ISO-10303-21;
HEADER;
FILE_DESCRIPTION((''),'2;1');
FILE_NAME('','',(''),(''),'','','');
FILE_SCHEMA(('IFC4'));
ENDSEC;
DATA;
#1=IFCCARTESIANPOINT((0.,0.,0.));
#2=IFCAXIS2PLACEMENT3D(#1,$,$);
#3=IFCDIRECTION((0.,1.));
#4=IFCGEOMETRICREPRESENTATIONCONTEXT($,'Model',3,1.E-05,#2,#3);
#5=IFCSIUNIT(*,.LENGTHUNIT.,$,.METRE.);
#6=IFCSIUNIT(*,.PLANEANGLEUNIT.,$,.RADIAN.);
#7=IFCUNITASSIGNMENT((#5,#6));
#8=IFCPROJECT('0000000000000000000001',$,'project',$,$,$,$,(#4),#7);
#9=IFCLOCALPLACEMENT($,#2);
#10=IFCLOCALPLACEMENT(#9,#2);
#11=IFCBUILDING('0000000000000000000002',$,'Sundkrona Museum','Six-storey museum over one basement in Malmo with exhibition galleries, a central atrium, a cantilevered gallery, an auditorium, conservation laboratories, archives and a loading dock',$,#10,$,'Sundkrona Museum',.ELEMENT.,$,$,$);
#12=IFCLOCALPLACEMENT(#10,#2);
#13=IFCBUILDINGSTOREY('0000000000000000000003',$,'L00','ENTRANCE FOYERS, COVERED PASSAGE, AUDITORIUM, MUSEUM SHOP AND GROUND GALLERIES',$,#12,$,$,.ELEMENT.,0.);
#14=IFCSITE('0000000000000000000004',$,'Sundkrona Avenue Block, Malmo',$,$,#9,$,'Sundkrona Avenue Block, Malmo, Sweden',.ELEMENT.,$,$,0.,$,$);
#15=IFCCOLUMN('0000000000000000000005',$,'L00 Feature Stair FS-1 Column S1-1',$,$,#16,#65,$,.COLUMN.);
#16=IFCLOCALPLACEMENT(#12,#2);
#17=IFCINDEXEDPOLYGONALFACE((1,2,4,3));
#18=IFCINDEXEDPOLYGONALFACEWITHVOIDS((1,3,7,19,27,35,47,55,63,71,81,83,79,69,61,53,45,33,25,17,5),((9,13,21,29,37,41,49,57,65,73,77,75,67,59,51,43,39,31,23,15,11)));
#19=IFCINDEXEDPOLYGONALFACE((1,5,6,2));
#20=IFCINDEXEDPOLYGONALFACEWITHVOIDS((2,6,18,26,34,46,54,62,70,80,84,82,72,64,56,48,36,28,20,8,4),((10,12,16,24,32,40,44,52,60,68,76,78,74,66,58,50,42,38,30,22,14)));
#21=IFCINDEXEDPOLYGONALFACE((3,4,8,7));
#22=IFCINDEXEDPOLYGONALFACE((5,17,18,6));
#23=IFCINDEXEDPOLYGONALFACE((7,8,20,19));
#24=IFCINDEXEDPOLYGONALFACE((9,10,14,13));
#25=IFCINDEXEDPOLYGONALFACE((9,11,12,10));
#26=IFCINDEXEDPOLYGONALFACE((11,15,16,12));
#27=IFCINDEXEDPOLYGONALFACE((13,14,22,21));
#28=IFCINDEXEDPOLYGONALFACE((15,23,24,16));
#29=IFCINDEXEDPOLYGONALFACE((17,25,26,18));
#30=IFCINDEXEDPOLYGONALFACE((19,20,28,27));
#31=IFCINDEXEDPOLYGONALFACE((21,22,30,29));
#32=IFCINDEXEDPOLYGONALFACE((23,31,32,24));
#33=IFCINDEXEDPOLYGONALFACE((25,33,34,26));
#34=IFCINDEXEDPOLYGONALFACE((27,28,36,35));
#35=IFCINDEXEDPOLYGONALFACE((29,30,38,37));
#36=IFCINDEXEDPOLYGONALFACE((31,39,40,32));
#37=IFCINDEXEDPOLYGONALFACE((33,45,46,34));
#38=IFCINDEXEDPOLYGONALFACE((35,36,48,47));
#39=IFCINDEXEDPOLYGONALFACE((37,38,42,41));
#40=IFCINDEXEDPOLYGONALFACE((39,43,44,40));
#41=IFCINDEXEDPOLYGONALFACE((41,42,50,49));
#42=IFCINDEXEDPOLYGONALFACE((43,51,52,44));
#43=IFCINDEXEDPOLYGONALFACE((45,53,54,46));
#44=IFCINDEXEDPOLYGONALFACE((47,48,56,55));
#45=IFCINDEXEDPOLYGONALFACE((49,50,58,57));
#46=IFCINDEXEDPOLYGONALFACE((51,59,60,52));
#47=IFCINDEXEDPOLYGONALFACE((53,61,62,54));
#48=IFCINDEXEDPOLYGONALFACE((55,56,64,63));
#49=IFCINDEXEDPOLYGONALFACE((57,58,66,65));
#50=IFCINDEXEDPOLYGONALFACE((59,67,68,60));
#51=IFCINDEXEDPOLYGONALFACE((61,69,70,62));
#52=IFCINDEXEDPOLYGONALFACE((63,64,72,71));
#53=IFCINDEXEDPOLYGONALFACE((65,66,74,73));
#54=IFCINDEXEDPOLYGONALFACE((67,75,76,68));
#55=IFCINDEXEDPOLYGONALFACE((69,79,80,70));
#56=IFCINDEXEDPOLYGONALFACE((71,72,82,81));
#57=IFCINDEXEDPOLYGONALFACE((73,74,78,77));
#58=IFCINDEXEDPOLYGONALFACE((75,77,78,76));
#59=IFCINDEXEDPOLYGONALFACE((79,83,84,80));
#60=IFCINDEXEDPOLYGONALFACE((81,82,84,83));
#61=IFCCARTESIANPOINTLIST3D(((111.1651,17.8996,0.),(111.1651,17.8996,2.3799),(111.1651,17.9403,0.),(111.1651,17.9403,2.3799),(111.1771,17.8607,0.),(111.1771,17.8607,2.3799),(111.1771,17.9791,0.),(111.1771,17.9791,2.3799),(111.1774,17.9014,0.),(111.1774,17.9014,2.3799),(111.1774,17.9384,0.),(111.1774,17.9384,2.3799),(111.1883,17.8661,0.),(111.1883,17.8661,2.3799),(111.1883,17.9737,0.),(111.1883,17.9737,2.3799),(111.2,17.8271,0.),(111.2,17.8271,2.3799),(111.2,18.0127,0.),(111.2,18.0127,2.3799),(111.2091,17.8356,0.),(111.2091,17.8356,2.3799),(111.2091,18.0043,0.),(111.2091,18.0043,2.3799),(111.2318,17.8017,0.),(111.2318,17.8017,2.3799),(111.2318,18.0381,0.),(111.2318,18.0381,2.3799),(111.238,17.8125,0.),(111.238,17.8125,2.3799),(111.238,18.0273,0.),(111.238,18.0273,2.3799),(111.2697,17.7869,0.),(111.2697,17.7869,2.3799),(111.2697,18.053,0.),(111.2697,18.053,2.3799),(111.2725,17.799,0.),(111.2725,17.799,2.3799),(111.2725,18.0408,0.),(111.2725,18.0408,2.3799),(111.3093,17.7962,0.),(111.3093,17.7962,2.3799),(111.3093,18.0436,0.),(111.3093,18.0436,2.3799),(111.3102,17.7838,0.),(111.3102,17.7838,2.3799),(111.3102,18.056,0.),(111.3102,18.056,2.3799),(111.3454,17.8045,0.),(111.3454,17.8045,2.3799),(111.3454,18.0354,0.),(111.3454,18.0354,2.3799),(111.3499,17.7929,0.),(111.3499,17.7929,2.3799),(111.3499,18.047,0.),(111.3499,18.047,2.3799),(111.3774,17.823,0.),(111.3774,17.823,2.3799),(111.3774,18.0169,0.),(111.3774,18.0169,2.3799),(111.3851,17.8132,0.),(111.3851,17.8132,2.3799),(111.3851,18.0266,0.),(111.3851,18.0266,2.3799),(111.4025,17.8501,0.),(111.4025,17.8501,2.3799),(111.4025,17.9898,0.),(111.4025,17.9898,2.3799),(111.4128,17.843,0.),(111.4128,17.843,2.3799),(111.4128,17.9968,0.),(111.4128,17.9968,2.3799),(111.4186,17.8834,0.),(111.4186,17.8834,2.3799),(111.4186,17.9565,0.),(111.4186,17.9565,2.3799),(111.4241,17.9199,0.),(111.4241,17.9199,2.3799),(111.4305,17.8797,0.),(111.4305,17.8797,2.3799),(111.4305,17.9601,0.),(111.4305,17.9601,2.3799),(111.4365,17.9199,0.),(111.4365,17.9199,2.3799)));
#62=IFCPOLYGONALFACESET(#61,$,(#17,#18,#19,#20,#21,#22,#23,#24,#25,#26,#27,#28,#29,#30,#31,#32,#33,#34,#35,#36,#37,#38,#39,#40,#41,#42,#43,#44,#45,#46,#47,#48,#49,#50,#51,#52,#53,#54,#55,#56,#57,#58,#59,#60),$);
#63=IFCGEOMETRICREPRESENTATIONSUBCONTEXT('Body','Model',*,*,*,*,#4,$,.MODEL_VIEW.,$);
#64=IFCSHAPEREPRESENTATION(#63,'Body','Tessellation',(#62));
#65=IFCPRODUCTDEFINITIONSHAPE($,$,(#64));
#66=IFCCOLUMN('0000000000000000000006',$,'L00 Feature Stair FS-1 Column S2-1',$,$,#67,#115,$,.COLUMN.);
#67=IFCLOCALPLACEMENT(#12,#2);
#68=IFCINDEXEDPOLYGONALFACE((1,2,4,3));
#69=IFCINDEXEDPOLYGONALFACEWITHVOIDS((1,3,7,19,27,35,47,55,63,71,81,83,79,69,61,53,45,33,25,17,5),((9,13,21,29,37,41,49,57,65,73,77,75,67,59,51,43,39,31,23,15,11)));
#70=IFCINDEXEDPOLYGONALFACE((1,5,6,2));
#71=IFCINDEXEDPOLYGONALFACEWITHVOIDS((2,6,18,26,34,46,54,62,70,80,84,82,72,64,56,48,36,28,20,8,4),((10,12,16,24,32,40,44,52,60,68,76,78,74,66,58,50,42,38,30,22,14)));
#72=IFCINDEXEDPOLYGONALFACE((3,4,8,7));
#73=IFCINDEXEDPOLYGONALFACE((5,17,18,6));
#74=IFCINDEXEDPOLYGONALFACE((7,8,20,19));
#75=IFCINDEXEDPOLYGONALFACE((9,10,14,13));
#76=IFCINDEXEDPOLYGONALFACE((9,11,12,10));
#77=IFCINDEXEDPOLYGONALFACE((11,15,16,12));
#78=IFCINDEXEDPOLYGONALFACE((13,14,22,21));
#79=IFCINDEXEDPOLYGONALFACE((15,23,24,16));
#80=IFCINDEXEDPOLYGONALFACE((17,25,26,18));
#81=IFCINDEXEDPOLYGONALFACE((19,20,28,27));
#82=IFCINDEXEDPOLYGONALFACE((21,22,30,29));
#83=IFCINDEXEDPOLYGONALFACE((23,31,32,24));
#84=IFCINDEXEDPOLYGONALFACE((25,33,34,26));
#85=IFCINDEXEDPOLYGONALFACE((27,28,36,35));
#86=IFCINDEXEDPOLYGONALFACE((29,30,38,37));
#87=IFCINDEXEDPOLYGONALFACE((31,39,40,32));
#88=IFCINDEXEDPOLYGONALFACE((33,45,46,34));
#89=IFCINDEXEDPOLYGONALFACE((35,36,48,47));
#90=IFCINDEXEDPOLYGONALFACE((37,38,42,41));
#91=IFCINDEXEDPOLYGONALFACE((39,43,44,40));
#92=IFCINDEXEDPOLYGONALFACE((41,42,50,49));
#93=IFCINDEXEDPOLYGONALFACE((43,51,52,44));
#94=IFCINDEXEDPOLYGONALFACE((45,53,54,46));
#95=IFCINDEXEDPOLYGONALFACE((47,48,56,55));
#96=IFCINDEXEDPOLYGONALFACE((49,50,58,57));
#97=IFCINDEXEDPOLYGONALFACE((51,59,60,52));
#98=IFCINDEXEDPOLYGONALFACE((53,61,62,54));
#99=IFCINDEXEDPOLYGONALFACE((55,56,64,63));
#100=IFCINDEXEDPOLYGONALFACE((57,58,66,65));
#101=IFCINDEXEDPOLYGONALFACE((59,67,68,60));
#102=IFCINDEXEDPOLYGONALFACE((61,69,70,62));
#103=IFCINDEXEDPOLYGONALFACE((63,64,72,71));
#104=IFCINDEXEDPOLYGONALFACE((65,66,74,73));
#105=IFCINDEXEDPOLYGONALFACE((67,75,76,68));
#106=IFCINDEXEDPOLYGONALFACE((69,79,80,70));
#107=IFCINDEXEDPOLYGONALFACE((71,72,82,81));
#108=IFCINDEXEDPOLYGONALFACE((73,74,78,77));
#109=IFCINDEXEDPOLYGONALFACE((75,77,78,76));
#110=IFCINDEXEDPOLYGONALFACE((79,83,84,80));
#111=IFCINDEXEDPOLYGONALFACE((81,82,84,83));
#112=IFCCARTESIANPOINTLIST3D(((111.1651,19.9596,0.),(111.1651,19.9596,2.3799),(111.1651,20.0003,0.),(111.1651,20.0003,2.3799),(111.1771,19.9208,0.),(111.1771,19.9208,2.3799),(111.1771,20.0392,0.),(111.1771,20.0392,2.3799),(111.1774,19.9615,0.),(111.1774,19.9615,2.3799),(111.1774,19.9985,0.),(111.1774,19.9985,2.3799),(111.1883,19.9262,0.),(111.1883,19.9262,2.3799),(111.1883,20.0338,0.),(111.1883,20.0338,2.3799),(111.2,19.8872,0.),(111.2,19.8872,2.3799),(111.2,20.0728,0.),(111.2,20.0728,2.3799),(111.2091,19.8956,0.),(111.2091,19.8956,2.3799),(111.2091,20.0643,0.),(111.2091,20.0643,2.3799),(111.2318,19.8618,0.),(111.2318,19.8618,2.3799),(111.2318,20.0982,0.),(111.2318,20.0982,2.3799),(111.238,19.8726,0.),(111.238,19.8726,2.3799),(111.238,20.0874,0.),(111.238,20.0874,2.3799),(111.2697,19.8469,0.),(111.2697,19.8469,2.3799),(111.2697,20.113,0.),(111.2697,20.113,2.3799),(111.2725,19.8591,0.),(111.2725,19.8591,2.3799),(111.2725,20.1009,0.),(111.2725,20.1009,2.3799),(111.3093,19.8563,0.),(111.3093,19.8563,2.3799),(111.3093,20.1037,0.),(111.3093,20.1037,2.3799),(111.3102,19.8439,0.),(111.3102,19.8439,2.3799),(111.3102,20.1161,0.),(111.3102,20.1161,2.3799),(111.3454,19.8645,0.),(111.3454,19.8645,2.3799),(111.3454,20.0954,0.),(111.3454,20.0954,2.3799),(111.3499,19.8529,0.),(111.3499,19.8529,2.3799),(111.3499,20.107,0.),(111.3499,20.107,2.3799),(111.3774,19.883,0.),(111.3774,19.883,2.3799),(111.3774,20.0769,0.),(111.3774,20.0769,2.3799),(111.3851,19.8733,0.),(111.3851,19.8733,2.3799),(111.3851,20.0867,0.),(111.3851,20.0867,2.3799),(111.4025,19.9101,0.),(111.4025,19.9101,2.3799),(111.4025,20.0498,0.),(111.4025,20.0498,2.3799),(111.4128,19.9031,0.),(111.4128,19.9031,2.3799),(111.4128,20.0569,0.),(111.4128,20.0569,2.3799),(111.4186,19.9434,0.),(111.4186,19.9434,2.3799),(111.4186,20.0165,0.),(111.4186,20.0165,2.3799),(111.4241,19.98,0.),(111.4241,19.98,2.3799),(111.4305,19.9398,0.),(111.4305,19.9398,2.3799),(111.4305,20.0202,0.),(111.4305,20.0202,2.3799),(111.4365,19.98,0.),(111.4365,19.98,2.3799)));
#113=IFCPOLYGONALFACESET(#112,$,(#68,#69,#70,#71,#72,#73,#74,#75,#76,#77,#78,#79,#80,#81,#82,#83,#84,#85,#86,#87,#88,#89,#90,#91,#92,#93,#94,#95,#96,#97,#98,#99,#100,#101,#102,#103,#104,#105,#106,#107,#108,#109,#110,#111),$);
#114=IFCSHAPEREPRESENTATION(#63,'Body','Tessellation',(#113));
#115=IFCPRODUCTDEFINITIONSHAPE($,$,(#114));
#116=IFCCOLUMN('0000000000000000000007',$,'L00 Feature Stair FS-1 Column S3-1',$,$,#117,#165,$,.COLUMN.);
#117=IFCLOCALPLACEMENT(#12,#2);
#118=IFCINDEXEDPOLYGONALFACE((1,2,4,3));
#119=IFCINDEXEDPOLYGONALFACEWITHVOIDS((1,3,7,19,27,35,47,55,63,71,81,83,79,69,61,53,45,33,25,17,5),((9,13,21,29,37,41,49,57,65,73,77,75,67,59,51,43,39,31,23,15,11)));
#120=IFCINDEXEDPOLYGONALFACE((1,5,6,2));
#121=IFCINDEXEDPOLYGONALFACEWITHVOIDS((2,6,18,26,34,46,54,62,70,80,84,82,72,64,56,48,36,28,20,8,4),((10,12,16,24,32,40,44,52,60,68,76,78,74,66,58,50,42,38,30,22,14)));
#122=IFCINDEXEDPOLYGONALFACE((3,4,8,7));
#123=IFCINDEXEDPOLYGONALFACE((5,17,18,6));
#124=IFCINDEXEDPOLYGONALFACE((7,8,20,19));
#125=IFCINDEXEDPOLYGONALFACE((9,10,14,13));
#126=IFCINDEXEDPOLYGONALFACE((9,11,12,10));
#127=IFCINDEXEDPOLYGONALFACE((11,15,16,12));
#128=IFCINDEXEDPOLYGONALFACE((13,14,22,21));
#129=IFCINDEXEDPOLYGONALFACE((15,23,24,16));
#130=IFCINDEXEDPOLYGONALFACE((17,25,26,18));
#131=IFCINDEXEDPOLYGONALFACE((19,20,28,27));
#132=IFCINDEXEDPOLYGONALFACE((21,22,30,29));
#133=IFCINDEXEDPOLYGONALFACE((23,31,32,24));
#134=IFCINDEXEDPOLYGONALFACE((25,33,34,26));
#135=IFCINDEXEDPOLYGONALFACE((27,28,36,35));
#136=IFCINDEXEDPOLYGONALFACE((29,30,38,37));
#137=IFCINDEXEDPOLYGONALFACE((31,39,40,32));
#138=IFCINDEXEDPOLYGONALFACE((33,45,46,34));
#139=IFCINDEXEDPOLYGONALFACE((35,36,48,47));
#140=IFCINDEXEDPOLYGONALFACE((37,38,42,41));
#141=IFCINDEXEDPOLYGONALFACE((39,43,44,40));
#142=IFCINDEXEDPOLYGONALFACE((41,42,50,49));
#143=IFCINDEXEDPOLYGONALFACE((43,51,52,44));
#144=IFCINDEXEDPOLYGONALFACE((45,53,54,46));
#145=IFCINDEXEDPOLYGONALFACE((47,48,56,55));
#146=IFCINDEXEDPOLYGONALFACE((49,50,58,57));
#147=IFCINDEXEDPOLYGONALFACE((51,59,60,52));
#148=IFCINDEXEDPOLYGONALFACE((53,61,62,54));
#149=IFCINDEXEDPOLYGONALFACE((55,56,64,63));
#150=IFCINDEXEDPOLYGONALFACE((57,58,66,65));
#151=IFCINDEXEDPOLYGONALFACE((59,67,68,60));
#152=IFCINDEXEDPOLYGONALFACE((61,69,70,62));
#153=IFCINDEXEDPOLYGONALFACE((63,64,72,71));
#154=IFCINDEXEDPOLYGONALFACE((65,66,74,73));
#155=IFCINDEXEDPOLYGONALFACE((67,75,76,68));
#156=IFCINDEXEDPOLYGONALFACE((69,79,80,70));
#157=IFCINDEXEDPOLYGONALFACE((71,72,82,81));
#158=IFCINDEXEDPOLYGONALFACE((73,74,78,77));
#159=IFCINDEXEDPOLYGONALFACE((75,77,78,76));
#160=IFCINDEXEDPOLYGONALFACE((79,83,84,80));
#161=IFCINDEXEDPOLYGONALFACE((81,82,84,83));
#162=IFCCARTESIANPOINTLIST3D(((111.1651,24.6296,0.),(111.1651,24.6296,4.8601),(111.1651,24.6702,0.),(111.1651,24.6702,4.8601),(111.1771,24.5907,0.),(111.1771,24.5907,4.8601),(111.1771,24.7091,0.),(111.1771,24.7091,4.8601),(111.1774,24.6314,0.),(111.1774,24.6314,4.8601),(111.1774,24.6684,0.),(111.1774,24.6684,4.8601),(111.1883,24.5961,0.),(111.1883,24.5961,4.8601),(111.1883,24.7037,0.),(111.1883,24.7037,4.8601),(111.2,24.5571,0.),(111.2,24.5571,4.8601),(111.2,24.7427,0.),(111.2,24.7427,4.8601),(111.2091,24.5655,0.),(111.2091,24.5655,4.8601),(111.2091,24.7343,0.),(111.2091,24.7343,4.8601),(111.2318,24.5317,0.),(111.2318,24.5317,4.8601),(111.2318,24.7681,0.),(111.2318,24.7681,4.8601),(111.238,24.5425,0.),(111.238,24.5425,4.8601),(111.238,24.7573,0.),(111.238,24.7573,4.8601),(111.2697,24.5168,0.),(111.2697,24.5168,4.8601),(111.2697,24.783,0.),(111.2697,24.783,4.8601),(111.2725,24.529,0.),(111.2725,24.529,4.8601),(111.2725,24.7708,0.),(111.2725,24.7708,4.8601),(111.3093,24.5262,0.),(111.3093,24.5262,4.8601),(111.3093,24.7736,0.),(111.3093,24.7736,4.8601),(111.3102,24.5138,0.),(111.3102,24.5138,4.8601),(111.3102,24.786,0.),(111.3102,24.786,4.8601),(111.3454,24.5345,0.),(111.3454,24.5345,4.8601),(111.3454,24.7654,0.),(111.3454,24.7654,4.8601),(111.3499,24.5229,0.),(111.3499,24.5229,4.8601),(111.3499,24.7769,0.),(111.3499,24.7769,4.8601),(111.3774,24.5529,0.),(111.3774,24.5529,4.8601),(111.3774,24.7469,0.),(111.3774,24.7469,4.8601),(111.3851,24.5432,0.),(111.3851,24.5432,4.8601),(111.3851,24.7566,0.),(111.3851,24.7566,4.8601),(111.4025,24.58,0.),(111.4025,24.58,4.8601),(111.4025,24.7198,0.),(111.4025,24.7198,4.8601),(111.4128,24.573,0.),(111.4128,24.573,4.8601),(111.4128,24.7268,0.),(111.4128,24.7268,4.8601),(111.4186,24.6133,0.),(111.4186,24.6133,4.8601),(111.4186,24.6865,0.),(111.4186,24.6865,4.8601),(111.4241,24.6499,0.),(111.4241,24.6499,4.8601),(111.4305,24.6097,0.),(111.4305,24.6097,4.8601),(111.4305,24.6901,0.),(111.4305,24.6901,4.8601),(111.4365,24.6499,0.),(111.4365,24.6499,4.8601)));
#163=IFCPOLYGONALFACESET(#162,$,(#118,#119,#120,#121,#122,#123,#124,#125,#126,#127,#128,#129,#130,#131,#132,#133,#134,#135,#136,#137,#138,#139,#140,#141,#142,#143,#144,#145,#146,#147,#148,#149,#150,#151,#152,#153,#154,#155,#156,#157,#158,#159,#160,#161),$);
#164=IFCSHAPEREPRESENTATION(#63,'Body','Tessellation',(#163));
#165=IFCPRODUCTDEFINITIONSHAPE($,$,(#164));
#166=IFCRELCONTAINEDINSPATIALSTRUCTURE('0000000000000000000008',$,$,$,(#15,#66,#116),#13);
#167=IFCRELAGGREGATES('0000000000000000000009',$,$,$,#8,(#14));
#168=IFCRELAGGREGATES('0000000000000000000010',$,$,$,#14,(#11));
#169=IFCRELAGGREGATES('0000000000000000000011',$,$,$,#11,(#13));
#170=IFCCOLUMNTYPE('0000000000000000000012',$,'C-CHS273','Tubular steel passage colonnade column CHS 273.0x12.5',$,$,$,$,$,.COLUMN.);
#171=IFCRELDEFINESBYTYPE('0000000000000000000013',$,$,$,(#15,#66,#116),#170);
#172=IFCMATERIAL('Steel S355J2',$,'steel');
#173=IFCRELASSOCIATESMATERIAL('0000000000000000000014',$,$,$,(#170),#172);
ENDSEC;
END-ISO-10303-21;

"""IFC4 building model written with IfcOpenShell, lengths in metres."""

from ifc_helpers import new_model, si_unit, direction, frame, origin, origin_2d, place, context, subcontext, project, spatial, hollow_circle, extrude, material, material_profile, profile_set, type_object, element, save


model = new_model("IFC4")

# Units and contexts
model_context = context("Model", 3, precision=1e-05, world=origin(), true_north=direction((0.0, 1.0)))
body_context = subcontext(model_context, "Body", "Model", "MODEL_VIEW")
ifc_project = project(units=[si_unit("LENGTHUNIT", "METRE"), si_unit("PLANEANGLEUNIT", "RADIAN")], contexts=[model_context])

# Site, building, storey
site_placement = place(None, origin())
site = spatial("IfcSite", under=ifc_project, at=site_placement, Name="Sundkrona Avenue Block, Malmo", LongName="Sundkrona Avenue Block, Malmo, Sweden", CompositionType="ELEMENT", RefElevation=0.0)
building_placement = place(site_placement, origin())
building = spatial("IfcBuilding", under=site, at=building_placement, Name="Sundkrona Museum", Description="Six-storey museum over one basement in Malmo with exhibition galleries, a central atrium, a cantilevered gallery, an auditorium, conservation laboratories, archives and a loading dock", LongName="Sundkrona Museum", CompositionType="ELEMENT")
storey_placement = place(building_placement, origin())
storey = spatial("IfcBuildingStorey", under=building, at=storey_placement, Name="L00", Description="ENTRANCE FOYERS, COVERED PASSAGE, AUDITORIUM, MUSEUM SHOP AND GROUND GALLERIES", CompositionType="ELEMENT", Elevation=0.0)

# Columns
ifc_material_1 = material(Name="Steel S355J2", Category="steel")
ifc_material_profile_1 = material_profile(ifc_material_1, hollow_circle(Radius=0.1365, WallThickness=0.0125, at=origin_2d()), Name="CHS 273.0x12.5")
ifc_profile_set_1 = profile_set([ifc_material_profile_1], Name="Steel S355J2")
column_type_1 = type_object("IfcColumnType", Name="C-CHS273", Description="Tubular steel passage colonnade column CHS 273.0x12.5", PredefinedType="COLUMN", material=ifc_profile_set_1)
for number, where, z_axis, x_axis, name in (
    (1, (111.3, 17.9199, 0.0), (0.0, 0.0, 1.0), (1.0, 0.0, 0.0), "L00 Feature Stair FS-1 Column S1-1"),
    (2, (111.3, 19.98, 0.0), (0.0, 0.0, 1.0), (1.0, 0.0, 0.0), "L00 Feature Stair FS-1 Column S2-1"),
):
    element("IfcColumn", number, at=place(storey_placement, frame(where, z_axis=z_axis, x_axis=x_axis)), inside=storey, type_object=column_type_1, Name=name, PredefinedType="COLUMN", context=body_context, shape_type="SweptSolid", body=[
        extrude(hollow_circle(Radius=0.1365, WallThickness=0.0125, at=origin_2d()), origin(), (0.0, 0.0, 1.0), 2.3799),
    ])
column_1_placement = place(storey_placement, frame((111.3, 24.6499, 0.0), z_axis=(0.0, 0.0, 1.0), x_axis=(1.0, 0.0, 0.0)))
element("IfcColumn", 3, at=column_1_placement, inside=storey, type_object=column_type_1, Name="L00 Feature Stair FS-1 Column S3-1", PredefinedType="COLUMN", context=body_context, shape_type="SweptSolid", body=[
    extrude(hollow_circle(Radius=0.1365, WallThickness=0.0125, at=origin_2d()), origin(), (0.0, 0.0, 1.0), 4.8601),
])

save(model, "model.ifc")
